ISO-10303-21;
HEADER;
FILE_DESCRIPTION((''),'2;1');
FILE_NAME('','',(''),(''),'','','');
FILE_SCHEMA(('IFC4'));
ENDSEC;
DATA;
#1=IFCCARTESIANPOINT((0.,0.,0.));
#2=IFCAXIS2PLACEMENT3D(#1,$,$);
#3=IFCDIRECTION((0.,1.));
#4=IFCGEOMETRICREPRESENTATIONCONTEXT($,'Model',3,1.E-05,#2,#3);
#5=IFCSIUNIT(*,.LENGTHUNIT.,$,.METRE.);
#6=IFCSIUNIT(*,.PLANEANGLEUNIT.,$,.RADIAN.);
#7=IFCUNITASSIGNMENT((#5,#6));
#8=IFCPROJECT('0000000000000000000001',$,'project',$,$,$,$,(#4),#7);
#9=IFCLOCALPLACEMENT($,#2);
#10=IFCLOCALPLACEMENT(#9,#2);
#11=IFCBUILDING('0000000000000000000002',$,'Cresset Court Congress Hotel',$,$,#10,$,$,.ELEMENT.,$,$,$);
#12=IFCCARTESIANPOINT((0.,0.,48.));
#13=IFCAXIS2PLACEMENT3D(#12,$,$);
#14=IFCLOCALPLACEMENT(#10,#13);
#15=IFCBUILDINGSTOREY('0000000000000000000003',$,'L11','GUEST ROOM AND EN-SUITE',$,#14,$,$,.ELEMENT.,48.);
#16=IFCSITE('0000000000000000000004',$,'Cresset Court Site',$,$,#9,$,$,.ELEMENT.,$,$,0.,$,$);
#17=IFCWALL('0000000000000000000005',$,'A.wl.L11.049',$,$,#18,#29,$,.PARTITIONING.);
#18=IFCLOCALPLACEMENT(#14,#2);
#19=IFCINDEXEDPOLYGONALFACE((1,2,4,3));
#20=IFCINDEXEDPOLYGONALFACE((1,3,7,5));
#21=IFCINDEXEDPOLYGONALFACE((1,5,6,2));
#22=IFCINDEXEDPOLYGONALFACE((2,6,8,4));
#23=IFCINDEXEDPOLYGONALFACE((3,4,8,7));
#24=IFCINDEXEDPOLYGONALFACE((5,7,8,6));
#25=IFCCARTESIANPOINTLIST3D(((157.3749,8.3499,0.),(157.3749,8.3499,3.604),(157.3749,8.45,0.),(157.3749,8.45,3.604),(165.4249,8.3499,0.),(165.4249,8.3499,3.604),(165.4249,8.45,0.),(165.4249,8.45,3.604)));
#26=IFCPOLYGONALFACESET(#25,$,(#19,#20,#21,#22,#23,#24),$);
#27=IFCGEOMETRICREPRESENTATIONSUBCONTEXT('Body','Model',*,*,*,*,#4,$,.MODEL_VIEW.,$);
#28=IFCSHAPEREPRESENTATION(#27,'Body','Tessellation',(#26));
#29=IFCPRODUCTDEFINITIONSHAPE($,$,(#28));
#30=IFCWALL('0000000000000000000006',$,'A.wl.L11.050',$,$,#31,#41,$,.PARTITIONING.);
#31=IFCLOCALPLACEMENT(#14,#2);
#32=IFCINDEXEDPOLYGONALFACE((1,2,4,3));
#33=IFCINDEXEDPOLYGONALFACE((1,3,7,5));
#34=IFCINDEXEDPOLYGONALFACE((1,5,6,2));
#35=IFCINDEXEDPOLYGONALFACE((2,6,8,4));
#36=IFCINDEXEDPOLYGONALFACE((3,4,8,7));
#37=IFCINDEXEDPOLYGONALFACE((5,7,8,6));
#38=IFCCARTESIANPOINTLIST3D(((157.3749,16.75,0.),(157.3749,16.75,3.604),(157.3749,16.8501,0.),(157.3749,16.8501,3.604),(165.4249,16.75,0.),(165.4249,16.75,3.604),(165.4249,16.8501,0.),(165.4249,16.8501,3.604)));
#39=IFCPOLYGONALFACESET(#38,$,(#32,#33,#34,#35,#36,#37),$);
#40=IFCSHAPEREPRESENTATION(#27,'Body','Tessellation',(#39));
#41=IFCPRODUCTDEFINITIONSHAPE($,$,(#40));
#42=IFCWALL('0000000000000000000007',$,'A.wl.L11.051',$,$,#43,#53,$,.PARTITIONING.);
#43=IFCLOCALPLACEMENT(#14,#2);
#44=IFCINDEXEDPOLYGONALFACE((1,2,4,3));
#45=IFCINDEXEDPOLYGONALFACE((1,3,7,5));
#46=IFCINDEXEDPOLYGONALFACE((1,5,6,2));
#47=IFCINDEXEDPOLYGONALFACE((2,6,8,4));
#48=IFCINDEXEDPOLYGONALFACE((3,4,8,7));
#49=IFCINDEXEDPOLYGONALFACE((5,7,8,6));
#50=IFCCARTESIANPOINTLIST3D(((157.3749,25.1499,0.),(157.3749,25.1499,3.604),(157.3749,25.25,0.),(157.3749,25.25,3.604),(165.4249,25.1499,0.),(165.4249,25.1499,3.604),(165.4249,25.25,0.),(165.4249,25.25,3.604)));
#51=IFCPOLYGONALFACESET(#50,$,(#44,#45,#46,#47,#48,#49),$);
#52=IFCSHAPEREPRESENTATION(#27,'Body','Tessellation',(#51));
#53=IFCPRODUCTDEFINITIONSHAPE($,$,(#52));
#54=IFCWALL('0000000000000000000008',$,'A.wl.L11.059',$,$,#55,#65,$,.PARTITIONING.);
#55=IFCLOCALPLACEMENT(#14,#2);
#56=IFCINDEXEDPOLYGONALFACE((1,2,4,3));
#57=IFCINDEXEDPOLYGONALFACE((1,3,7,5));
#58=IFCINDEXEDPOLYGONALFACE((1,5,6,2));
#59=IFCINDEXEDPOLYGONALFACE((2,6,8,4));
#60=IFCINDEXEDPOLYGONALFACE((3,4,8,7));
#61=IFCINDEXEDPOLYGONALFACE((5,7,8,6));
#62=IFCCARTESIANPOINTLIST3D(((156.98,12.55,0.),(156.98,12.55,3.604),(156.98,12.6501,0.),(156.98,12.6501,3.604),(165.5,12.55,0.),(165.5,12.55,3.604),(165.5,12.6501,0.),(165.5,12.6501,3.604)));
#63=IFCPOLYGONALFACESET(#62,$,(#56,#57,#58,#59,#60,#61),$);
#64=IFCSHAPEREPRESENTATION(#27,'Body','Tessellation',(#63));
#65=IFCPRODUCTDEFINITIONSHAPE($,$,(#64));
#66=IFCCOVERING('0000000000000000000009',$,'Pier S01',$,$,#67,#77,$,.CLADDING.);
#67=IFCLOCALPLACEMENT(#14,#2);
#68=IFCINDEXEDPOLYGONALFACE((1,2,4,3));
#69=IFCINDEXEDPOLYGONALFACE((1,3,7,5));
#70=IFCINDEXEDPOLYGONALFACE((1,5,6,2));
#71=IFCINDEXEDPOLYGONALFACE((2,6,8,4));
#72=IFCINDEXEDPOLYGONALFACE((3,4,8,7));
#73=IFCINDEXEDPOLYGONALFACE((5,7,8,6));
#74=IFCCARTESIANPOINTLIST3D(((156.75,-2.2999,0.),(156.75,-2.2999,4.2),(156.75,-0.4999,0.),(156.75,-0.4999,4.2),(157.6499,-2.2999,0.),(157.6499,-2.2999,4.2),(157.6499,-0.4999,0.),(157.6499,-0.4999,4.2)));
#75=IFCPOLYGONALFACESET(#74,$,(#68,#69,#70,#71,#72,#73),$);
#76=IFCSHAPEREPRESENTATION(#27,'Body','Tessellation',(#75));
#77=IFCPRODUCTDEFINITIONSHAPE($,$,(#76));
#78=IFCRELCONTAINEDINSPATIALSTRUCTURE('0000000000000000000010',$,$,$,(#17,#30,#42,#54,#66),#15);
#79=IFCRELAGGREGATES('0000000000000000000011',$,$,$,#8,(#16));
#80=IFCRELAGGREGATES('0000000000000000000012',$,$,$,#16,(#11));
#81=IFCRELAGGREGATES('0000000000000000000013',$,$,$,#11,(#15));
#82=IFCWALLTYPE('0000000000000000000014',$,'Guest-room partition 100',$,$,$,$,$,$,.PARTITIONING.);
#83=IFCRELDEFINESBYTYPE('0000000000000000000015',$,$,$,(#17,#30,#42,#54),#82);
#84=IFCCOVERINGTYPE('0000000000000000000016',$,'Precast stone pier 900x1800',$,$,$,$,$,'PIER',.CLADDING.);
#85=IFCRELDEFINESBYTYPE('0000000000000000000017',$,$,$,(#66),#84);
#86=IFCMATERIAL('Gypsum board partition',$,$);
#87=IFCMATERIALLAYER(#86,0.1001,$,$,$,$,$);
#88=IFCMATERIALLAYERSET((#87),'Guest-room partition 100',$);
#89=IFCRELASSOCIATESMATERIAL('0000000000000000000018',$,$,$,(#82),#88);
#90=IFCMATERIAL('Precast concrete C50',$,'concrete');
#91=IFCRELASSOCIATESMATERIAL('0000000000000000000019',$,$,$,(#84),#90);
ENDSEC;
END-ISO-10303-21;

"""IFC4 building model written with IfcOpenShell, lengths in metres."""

from ifc_helpers import new_model, si_unit, direction, frame, frame_2d, origin, origin_2d, place, context, subcontext, project, spatial, rectangle, extrude, material, layer, layer_set, type_object, element, save


model = new_model("IFC4")

# Units and contexts
model_context = context("Model", 3, precision=1e-05, world=origin(), true_north=direction((0.0, 1.0)))
body_context = subcontext(model_context, "Body", "Model", "MODEL_VIEW")
ifc_project = project(units=[si_unit("LENGTHUNIT", "METRE"), si_unit("PLANEANGLEUNIT", "RADIAN")], contexts=[model_context])

# Site, building, storey
site_placement = place(None, origin())
site = spatial("IfcSite", under=ifc_project, at=site_placement, Name="Cresset Court Site", CompositionType="ELEMENT", RefElevation=0.0)
building_placement = place(site_placement, origin())
building = spatial("IfcBuilding", under=site, at=building_placement, Name="Cresset Court Congress Hotel", CompositionType="ELEMENT")
storey_placement = place(building_placement, frame((0.0, 0.0, 48.0)))
storey = spatial("IfcBuildingStorey", under=building, at=storey_placement, Name="L11", Description="GUEST ROOM AND EN-SUITE", CompositionType="ELEMENT", Elevation=48.0)

# Walls
ifc_material_1 = material(Name="Gypsum board partition")
ifc_layer_1 = layer(ifc_material_1, 0.1001)
ifc_layer_set_1 = layer_set([ifc_layer_1], Name="Guest-room partition 100")
wall_type_1 = type_object("IfcWallType", Name="Guest-room partition 100", PredefinedType="PARTITIONING", material=ifc_layer_set_1)
for number, where, z_axis, x_axis, name in (
    (1, (157.375, 8.3999, 0.0), (0.0, 0.0, 1.0), (1.0, 0.0, 0.0), "A.wl.L11.049"),
    (2, (157.375, 16.8, 0.0), (0.0, 0.0, 1.0), (1.0, 0.0, 0.0), "A.wl.L11.050"),
    (3, (157.375, 25.2, 0.0), (0.0, 0.0, 1.0), (1.0, 0.0, 0.0), "A.wl.L11.051"),
):
    element("IfcWall", number, at=place(storey_placement, frame(where, z_axis=z_axis, x_axis=x_axis)), inside=storey, type_object=wall_type_1, Name=name, PredefinedType="PARTITIONING", context=body_context, shape_type="SweptSolid", body=[
        extrude(rectangle(XDim=8.05, YDim=0.1001, at=frame_2d((4.0249, 0.0))), origin(), (0.0, 0.0, 1.0), 3.604),
    ])
wall_1_placement = place(storey_placement, frame((156.98, 12.6001, 0.0), z_axis=(0.0, 0.0, 1.0), x_axis=(1.0, 0.0, 0.0)))
element("IfcWall", 4, at=wall_1_placement, inside=storey, type_object=wall_type_1, Name="A.wl.L11.059", PredefinedType="PARTITIONING", context=body_context, shape_type="SweptSolid", body=[
    extrude(rectangle(XDim=8.52, YDim=0.1001, at=frame_2d((4.26, 0.0))), origin(), (0.0, 0.0, 1.0), 3.604),
])

# Covering
ifc_material_2 = material(Name="Precast concrete C50", Category="concrete")
covering_type = type_object("IfcCoveringType", Name="Precast stone pier 900x1800", ElementType="PIER", PredefinedType="CLADDING", material=ifc_material_2)
covering_placement = place(storey_placement, frame((157.2, -1.3999, 0.0), z_axis=(0.0, 0.0, 1.0), x_axis=(1.0, 0.0, 0.0)))
element("IfcCovering", 5, at=covering_placement, inside=storey, type_object=covering_type, Name="Pier S01", PredefinedType="CLADDING", context=body_context, shape_type="SweptSolid", body=[
    extrude(rectangle(XDim=0.8999, YDim=1.8, at=origin_2d()), origin(), (0.0, 0.0, 1.0), 4.2),
])

save(model, "model.ifc")
